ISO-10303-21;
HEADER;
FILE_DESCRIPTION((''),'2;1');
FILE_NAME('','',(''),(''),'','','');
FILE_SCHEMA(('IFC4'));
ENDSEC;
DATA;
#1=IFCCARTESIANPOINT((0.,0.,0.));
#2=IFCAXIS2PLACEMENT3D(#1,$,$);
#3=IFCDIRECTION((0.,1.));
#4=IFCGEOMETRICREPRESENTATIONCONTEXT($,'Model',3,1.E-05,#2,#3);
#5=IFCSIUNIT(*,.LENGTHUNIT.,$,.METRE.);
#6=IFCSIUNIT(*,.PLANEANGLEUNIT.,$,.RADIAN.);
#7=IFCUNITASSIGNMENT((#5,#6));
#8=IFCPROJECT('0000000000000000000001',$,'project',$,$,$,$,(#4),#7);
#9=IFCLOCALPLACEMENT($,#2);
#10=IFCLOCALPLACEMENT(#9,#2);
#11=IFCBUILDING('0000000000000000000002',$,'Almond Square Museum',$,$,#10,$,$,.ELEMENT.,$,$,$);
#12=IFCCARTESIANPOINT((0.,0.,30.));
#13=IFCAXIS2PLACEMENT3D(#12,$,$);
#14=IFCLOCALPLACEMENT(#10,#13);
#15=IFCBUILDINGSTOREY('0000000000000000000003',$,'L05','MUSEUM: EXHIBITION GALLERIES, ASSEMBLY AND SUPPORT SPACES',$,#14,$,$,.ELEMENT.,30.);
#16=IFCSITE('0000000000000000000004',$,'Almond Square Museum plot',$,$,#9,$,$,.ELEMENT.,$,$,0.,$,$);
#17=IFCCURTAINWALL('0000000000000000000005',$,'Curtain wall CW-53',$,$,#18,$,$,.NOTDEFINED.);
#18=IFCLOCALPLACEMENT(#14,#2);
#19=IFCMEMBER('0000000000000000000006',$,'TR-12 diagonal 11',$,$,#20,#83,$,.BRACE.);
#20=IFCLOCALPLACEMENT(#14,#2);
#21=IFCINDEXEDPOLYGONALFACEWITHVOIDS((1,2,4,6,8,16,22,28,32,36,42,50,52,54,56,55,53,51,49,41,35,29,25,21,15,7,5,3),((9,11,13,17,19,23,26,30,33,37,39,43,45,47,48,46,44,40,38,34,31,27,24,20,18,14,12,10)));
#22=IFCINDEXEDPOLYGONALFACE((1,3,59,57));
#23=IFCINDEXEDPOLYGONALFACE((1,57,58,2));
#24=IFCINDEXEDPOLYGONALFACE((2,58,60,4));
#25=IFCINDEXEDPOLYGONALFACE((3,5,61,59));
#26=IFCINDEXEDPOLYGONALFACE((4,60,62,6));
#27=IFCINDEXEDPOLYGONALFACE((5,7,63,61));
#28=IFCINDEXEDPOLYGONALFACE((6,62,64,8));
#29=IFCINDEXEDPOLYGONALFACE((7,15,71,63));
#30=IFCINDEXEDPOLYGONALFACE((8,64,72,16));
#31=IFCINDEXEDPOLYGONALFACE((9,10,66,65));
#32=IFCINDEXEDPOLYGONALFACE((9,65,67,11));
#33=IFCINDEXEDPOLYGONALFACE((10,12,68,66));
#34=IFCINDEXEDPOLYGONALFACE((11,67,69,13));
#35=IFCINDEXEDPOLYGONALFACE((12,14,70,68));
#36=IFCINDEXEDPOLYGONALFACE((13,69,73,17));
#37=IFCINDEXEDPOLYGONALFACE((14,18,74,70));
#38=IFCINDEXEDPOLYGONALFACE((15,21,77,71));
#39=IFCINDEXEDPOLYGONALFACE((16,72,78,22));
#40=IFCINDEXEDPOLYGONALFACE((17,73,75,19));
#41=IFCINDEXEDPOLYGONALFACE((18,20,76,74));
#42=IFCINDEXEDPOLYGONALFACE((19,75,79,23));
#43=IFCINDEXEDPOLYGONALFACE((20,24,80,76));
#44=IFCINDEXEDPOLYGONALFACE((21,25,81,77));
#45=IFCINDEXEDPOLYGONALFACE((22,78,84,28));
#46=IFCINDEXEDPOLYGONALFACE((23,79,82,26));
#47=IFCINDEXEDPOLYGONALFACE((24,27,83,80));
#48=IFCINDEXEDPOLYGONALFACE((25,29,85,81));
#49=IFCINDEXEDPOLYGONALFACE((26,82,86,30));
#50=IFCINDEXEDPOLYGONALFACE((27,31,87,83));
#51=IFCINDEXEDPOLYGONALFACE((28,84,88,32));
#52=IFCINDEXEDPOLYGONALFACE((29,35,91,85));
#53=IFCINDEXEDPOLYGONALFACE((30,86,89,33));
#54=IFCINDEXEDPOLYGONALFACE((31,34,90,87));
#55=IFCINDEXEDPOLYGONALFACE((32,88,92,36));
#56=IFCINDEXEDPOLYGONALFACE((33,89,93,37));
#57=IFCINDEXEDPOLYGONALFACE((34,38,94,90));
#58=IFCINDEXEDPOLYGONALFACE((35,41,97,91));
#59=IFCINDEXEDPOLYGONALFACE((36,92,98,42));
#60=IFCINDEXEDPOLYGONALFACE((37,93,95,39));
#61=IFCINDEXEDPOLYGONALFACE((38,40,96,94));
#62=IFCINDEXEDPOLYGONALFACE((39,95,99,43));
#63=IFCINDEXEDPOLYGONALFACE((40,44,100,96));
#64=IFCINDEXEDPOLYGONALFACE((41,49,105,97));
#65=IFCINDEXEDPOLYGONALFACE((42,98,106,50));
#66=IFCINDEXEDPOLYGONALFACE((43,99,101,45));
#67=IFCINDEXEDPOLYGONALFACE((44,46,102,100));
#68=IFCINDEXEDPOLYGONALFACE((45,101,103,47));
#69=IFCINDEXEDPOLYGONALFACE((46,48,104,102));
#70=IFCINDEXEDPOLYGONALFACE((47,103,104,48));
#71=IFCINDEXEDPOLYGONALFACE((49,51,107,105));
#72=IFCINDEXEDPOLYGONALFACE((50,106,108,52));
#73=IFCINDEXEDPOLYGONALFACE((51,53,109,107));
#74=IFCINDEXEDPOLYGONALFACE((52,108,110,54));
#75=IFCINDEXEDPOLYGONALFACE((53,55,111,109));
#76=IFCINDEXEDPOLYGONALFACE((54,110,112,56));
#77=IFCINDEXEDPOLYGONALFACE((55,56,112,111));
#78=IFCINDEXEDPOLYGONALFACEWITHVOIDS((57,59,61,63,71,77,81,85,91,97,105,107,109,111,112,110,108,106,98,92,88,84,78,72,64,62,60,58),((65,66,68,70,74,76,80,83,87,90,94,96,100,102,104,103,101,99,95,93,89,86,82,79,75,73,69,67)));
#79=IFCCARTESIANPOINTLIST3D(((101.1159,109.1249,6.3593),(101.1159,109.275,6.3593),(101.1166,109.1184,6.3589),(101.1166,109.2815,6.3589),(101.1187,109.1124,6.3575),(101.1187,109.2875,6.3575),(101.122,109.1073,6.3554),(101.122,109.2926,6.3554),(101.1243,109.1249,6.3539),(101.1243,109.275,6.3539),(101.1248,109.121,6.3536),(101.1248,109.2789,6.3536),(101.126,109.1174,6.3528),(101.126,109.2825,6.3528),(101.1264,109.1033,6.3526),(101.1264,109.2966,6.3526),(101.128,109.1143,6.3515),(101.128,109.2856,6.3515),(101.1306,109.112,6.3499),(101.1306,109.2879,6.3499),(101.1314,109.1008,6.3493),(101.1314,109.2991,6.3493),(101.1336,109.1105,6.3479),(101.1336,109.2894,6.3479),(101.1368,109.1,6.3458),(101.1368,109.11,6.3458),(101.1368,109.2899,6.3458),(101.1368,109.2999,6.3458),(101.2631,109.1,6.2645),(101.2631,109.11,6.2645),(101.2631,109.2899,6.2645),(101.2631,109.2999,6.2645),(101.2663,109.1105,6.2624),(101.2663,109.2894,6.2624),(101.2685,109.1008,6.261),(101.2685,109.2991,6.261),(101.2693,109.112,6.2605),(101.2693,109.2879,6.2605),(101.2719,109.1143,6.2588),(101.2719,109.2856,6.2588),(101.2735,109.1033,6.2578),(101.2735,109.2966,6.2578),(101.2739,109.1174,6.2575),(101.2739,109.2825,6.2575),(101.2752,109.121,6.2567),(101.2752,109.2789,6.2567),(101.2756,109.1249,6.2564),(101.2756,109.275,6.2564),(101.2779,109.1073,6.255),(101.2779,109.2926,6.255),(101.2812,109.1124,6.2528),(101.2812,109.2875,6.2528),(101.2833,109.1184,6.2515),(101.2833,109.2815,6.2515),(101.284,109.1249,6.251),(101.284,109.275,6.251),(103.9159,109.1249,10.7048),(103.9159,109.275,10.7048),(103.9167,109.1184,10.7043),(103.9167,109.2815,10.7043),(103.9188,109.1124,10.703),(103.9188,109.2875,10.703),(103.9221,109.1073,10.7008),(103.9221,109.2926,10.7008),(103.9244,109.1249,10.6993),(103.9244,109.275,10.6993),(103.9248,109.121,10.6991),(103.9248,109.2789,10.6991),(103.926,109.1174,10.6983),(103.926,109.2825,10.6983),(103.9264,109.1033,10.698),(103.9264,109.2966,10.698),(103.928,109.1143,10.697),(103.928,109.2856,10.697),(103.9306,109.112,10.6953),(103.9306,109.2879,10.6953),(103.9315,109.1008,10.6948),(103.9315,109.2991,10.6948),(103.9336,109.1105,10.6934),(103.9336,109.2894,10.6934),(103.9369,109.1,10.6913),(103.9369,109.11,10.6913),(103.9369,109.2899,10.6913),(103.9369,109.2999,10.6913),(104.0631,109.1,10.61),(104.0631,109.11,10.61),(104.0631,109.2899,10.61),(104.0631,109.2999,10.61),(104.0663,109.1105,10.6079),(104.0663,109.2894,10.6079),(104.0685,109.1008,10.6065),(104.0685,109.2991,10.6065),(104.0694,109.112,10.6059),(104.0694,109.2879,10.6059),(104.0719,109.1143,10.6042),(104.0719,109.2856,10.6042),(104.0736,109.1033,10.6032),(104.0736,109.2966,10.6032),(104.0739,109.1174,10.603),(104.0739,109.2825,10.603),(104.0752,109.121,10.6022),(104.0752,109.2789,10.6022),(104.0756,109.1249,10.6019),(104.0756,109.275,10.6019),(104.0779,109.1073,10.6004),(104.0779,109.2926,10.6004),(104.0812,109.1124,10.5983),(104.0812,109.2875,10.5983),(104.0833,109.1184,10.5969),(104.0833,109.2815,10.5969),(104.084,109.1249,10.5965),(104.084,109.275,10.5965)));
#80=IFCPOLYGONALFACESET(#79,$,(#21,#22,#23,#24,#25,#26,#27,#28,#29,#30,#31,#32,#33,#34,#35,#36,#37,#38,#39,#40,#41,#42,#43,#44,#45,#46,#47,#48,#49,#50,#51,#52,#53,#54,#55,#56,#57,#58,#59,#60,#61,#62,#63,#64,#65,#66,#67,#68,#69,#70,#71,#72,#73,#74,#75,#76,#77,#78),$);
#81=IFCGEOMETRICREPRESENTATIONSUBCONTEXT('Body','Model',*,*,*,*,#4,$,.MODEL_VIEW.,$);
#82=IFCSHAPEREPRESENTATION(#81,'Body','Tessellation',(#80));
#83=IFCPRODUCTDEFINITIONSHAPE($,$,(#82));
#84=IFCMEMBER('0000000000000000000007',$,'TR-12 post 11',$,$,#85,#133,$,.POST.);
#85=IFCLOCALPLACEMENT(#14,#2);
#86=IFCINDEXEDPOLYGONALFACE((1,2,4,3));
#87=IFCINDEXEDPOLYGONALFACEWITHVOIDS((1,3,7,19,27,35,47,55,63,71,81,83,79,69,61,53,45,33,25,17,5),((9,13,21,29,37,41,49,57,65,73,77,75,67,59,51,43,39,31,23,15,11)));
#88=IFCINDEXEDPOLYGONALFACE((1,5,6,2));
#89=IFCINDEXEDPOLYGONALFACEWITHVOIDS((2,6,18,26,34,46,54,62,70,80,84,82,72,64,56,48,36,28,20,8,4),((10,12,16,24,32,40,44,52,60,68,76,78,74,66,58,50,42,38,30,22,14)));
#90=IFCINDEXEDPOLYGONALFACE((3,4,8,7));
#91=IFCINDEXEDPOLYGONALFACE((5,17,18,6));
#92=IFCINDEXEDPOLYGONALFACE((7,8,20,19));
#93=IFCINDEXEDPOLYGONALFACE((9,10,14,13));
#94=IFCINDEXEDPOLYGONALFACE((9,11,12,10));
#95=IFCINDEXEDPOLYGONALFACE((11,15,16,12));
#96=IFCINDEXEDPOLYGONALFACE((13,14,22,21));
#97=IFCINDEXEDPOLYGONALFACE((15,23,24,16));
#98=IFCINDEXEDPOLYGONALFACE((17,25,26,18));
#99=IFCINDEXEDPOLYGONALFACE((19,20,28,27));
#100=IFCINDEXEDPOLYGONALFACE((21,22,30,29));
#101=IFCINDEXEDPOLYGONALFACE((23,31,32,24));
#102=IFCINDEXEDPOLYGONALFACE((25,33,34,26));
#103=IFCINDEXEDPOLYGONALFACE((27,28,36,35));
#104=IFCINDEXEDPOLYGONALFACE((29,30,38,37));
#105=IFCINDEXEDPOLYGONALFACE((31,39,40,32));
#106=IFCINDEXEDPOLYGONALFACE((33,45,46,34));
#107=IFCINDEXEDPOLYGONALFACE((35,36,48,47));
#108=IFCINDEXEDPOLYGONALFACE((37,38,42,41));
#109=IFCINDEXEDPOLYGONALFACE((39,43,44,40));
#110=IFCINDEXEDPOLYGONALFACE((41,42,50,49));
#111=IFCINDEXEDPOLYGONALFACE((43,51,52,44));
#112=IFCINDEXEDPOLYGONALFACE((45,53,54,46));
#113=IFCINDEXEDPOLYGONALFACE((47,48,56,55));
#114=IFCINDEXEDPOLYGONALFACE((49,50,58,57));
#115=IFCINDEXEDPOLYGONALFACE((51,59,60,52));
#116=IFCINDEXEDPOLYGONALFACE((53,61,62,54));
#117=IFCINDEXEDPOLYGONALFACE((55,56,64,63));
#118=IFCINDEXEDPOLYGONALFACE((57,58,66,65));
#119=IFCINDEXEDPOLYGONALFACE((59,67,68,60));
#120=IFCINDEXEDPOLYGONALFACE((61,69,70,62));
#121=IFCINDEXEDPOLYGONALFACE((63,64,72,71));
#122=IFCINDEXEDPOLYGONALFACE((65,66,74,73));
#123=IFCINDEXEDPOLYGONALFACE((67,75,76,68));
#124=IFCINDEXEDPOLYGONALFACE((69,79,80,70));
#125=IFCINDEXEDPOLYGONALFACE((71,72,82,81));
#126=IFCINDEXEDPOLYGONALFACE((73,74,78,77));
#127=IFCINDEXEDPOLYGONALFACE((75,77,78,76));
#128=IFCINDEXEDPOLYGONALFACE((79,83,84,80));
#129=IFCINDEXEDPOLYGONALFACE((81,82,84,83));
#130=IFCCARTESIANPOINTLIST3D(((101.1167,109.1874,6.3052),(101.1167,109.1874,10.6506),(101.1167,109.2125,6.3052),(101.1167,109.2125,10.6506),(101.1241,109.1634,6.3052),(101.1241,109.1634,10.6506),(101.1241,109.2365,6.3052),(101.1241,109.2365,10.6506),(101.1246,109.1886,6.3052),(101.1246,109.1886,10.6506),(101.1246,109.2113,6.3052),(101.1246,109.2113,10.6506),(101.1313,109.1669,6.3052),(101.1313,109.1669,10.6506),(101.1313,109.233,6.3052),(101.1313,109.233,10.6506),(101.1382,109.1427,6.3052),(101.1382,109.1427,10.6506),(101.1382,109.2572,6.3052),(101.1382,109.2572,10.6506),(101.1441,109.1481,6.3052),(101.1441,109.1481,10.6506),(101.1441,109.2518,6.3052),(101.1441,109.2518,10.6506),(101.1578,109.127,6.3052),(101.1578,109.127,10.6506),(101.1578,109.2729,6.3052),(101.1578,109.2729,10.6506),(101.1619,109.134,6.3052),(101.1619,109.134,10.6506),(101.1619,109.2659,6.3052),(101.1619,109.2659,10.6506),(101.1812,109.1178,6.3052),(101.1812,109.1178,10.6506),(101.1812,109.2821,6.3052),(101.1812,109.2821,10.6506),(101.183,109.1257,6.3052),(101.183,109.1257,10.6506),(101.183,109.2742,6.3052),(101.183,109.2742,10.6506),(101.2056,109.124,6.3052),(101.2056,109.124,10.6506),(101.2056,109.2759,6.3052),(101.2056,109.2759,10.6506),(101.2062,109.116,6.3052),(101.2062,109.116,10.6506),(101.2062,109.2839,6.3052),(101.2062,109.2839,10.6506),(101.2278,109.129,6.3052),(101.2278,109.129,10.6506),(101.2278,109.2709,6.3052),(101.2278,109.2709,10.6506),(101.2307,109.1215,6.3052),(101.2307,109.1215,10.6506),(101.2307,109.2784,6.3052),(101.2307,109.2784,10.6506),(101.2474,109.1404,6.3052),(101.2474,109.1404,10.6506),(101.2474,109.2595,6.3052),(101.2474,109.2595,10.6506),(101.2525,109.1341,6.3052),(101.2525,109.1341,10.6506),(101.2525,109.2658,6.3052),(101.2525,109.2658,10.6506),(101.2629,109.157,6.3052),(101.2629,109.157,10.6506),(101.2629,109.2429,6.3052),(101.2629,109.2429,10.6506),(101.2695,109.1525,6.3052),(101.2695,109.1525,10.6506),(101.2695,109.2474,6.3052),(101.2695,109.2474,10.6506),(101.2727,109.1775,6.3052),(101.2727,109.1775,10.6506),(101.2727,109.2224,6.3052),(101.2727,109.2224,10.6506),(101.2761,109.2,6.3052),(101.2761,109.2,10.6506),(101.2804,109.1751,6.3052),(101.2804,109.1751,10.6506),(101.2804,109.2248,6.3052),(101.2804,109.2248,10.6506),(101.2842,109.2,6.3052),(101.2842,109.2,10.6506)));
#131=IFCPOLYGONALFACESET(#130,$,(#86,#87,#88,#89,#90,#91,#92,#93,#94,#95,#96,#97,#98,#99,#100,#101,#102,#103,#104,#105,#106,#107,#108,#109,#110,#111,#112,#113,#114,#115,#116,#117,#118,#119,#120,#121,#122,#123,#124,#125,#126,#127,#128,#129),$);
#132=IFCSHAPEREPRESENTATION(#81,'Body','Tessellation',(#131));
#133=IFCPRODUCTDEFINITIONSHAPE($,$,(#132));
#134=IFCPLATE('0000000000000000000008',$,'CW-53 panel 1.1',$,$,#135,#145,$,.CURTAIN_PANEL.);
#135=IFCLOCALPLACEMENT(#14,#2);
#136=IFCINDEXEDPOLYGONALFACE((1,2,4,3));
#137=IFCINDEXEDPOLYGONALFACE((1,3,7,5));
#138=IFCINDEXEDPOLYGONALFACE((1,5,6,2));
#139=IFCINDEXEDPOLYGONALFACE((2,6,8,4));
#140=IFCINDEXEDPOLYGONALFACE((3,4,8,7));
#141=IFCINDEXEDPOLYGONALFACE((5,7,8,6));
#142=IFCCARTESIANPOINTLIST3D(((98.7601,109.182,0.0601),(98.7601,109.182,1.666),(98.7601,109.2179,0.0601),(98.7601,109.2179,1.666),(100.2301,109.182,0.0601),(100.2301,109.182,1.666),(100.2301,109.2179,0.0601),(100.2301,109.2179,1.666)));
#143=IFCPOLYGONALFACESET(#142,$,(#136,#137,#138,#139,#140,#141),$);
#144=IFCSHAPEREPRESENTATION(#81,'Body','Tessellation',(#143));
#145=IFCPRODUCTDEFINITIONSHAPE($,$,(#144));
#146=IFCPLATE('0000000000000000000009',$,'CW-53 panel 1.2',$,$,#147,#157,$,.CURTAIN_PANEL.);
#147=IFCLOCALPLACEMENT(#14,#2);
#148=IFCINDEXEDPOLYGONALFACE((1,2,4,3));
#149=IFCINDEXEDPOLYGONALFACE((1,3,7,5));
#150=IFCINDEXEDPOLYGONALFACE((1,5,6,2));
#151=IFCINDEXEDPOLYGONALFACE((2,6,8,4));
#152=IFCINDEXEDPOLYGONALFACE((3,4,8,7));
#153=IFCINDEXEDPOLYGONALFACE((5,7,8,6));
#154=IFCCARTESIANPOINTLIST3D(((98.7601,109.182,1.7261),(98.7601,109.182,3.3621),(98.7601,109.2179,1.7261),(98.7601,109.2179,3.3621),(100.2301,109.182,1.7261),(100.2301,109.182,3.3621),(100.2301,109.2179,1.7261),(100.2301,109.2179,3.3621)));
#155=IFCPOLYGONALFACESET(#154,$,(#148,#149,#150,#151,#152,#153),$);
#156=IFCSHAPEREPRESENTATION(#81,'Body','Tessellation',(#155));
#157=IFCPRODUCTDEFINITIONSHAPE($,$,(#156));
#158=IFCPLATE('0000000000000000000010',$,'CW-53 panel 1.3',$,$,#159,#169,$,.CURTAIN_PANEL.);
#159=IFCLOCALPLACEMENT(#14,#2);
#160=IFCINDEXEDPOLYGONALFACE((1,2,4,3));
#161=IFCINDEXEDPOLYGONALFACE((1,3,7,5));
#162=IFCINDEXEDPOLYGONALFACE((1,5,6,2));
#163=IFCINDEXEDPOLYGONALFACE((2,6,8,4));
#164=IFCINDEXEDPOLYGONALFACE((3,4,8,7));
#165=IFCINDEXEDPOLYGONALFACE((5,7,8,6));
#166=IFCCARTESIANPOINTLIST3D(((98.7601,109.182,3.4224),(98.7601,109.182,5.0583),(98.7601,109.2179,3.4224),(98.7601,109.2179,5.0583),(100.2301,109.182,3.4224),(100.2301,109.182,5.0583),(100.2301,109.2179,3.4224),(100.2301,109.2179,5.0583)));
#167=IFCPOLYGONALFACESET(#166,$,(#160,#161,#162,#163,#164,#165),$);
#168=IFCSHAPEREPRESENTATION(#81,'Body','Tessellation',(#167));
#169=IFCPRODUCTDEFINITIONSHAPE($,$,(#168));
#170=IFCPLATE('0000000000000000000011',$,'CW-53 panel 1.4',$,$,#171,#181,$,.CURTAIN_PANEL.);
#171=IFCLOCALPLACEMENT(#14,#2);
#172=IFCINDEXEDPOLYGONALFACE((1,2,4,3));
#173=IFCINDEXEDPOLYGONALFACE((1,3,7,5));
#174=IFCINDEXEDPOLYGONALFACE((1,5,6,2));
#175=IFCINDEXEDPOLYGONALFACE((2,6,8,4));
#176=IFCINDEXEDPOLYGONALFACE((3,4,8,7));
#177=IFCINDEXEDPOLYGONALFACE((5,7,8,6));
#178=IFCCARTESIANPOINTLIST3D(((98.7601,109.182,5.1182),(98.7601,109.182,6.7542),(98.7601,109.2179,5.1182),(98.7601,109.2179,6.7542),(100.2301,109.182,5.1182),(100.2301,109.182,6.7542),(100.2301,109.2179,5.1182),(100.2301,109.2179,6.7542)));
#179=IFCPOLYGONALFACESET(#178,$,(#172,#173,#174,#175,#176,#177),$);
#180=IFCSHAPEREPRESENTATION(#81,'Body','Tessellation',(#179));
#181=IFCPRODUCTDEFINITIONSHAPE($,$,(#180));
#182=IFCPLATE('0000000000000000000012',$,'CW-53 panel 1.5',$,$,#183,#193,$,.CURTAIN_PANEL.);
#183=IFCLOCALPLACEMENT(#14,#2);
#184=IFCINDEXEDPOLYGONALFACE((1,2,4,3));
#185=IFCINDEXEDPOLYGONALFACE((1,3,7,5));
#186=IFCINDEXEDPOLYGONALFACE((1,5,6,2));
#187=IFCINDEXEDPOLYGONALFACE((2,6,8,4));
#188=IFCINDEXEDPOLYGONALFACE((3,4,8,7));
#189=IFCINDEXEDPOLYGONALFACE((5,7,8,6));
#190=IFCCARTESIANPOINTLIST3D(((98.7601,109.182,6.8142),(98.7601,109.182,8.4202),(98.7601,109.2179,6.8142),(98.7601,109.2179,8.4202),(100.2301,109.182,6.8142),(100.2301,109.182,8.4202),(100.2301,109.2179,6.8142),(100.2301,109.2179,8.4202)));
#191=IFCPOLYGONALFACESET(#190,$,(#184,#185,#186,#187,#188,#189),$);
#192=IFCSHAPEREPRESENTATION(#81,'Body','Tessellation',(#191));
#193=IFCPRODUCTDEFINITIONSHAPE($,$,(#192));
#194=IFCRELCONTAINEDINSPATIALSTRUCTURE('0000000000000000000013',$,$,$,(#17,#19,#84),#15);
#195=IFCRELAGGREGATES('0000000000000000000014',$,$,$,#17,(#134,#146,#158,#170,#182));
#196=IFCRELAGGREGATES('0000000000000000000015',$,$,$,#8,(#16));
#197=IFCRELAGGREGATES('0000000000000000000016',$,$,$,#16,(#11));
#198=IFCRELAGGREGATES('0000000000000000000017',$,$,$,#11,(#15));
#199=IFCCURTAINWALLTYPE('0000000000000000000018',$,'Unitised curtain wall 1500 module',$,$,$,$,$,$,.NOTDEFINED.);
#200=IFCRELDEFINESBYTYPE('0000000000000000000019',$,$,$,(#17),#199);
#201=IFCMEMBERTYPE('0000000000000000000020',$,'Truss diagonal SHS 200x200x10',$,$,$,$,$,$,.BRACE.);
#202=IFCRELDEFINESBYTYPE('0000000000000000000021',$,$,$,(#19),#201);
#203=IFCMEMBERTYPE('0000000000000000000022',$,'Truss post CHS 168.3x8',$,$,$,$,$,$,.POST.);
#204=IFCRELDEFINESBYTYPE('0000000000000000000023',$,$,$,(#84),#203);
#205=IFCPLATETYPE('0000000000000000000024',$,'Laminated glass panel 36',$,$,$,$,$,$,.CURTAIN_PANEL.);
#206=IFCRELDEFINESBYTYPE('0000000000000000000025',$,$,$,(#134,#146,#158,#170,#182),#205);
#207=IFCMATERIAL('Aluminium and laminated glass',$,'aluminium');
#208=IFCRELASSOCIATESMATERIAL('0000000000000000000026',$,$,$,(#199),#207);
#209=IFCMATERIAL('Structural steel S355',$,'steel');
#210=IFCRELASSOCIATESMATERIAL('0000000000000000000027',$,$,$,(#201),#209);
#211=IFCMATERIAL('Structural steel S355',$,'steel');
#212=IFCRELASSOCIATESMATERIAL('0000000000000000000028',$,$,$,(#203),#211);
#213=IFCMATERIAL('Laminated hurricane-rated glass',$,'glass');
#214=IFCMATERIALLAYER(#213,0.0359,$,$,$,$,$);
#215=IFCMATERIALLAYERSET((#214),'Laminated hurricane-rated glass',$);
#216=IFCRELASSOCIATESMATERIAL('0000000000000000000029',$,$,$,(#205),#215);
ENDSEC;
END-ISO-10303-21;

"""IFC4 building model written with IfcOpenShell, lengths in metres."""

from ifc_helpers import new_model, si_unit, direction, frame, origin, origin_2d, place, context, subcontext, project, spatial, rectangle, hollow_rectangle, hollow_circle, extrude, material, layer, layer_set, material_profile, profile_set, type_object, element, aggregate, save


model = new_model("IFC4")

# Units and contexts
model_context = context("Model", 3, precision=1e-05, world=origin(), true_north=direction((0.0, 1.0)))
body_context = subcontext(model_context, "Body", "Model", "MODEL_VIEW")
ifc_project = project(units=[si_unit("LENGTHUNIT", "METRE"), si_unit("PLANEANGLEUNIT", "RADIAN")], contexts=[model_context])

# Site, building, storey
site_placement = place(None, origin())
site = spatial("IfcSite", under=ifc_project, at=site_placement, Name="Almond Square Museum plot", CompositionType="ELEMENT", RefElevation=0.0)
building_placement = place(site_placement, origin())
building = spatial("IfcBuilding", under=site, at=building_placement, Name="Almond Square Museum", CompositionType="ELEMENT")
storey_placement = place(building_placement, frame((0.0, 0.0, 30.0)))
storey = spatial("IfcBuildingStorey", under=building, at=storey_placement, Name="L05", Description="MUSEUM: EXHIBITION GALLERIES, ASSEMBLY AND SUPPORT SPACES", CompositionType="ELEMENT", Elevation=30.0)

# Curtain wall
ifc_material_1 = material(Name="Aluminium and laminated glass", Category="aluminium")
curtain_wall_type = type_object("IfcCurtainWallType", Name="Unitised curtain wall 1500 module", PredefinedType="NOTDEFINED", material=ifc_material_1)
curtain_wall_1_placement = place(storey_placement, origin())
curtain_wall_1 = element("IfcCurtainWall", 1, at=curtain_wall_1_placement, inside=storey, type_object=curtain_wall_type, Name="Curtain wall CW-53", PredefinedType="NOTDEFINED")

# Members
ifc_material_2 = material(Name="Structural steel S355", Category="steel")
ifc_material_profile_1 = material_profile(ifc_material_2, hollow_rectangle(XDim=0.2, YDim=0.2, WallThickness=0.01, InnerFilletRadius=0.0149, OuterFilletRadius=0.0249, at=origin_2d()))
ifc_profile_set_1 = profile_set([ifc_material_profile_1], Name="Structural steel S355")
member_type_1 = type_object("IfcMemberType", Name="Truss diagonal SHS 200x200x10", PredefinedType="BRACE", material=ifc_profile_set_1)
member_1_placement = place(storey_placement, frame((101.2, 109.2, 6.3052), z_axis=(0.541652, 0.0, 0.840603), x_axis=(0.0, 1.0, 0.0)))
element("IfcMember", 2, at=member_1_placement, inside=storey, type_object=member_type_1, Name="TR-12 diagonal 11", PredefinedType="BRACE", context=body_context, shape_type="SweptSolid", body=[
    extrude(hollow_rectangle(XDim=0.2, YDim=0.2, WallThickness=0.01, InnerFilletRadius=0.0149, OuterFilletRadius=0.0249, at=origin_2d()), origin(), (0.0, 0.0, 1.0), 5.1694),
])
ifc_material_3 = material(Name="Structural steel S355", Category="steel")
ifc_material_profile_2 = material_profile(ifc_material_3, hollow_circle(Radius=0.0842, WallThickness=0.0081, at=origin_2d()))
ifc_profile_set_2 = profile_set([ifc_material_profile_2], Name="Structural steel S355")
member_type_2 = type_object("IfcMemberType", Name="Truss post CHS 168.3x8", PredefinedType="POST", material=ifc_profile_set_2)
member_2_placement = place(storey_placement, frame((101.2, 109.2, 6.3052), z_axis=(0.0, 0.0, 1.0), x_axis=(1.0, 0.0, 0.0)))
element("IfcMember", 3, at=member_2_placement, inside=storey, type_object=member_type_2, Name="TR-12 post 11", PredefinedType="POST", context=body_context, shape_type="SweptSolid", body=[
    extrude(hollow_circle(Radius=0.0842, WallThickness=0.0081, at=origin_2d()), origin(), (0.0, 0.0, 1.0), 4.3455),
])

# Plates
ifc_material_4 = material(Name="Laminated hurricane-rated glass", Category="glass")
ifc_layer = layer(ifc_material_4, 0.0359)
ifc_layer_set = layer_set([ifc_layer], Name="Laminated hurricane-rated glass")
plate_type = type_object("IfcPlateType", Name="Laminated glass panel 36", PredefinedType="CURTAIN_PANEL", material=ifc_layer_set)
plate_1_placement = place(storey_placement, frame((99.4951, 109.2, 0.0601), z_axis=(0.0, 0.0, 1.0), x_axis=(1.0, 0.0, 0.0)))
plate_1 = element("IfcPlate", 4, at=plate_1_placement, type_object=plate_type, Name="CW-53 panel 1.1", PredefinedType="CURTAIN_PANEL", context=body_context, shape_type="SweptSolid", body=[
    extrude(rectangle(XDim=1.47, YDim=0.0359, at=origin_2d()), origin(), (0.0, 0.0, 1.0), 1.606),
])
plate_2_placement = place(storey_placement, frame((99.4951, 109.2, 1.7261), z_axis=(0.0, 0.0, 1.0), x_axis=(1.0, 0.0, 0.0)))
plate_2 = element("IfcPlate", 5, at=plate_2_placement, type_object=plate_type, Name="CW-53 panel 1.2", PredefinedType="CURTAIN_PANEL", context=body_context, shape_type="SweptSolid", body=[
    extrude(rectangle(XDim=1.47, YDim=0.0359, at=origin_2d()), origin(), (0.0, 0.0, 1.0), 1.636),
])
plate_3_placement = place(storey_placement, frame((99.4951, 109.2, 3.4224), z_axis=(0.0, 0.0, 1.0), x_axis=(1.0, 0.0, 0.0)))
plate_3 = element("IfcPlate", 6, at=plate_3_placement, type_object=plate_type, Name="CW-53 panel 1.3", PredefinedType="CURTAIN_PANEL", context=body_context, shape_type="SweptSolid", body=[
    extrude(rectangle(XDim=1.47, YDim=0.0359, at=origin_2d()), origin(), (0.0, 0.0, 1.0), 1.636),
])
plate_4_placement = place(storey_placement, frame((99.4951, 109.2, 5.1182), z_axis=(0.0, 0.0, 1.0), x_axis=(1.0, 0.0, 0.0)))
plate_4 = element("IfcPlate", 7, at=plate_4_placement, type_object=plate_type, Name="CW-53 panel 1.4", PredefinedType="CURTAIN_PANEL", context=body_context, shape_type="SweptSolid", body=[
    extrude(rectangle(XDim=1.47, YDim=0.0359, at=origin_2d()), origin(), (0.0, 0.0, 1.0), 1.636),
])
plate_5_placement = place(storey_placement, frame((99.4951, 109.2, 6.8142), z_axis=(0.0, 0.0, 1.0), x_axis=(1.0, 0.0, 0.0)))
plate_5 = element("IfcPlate", 8, at=plate_5_placement, type_object=plate_type, Name="CW-53 panel 1.5", PredefinedType="CURTAIN_PANEL", context=body_context, shape_type="SweptSolid", body=[
    extrude(rectangle(XDim=1.47, YDim=0.0359, at=origin_2d()), origin(), (0.0, 0.0, 1.0), 1.606),
])
aggregate(curtain_wall_1, [plate_1, plate_2, plate_3, plate_4, plate_5])

save(model, "model.ifc")
